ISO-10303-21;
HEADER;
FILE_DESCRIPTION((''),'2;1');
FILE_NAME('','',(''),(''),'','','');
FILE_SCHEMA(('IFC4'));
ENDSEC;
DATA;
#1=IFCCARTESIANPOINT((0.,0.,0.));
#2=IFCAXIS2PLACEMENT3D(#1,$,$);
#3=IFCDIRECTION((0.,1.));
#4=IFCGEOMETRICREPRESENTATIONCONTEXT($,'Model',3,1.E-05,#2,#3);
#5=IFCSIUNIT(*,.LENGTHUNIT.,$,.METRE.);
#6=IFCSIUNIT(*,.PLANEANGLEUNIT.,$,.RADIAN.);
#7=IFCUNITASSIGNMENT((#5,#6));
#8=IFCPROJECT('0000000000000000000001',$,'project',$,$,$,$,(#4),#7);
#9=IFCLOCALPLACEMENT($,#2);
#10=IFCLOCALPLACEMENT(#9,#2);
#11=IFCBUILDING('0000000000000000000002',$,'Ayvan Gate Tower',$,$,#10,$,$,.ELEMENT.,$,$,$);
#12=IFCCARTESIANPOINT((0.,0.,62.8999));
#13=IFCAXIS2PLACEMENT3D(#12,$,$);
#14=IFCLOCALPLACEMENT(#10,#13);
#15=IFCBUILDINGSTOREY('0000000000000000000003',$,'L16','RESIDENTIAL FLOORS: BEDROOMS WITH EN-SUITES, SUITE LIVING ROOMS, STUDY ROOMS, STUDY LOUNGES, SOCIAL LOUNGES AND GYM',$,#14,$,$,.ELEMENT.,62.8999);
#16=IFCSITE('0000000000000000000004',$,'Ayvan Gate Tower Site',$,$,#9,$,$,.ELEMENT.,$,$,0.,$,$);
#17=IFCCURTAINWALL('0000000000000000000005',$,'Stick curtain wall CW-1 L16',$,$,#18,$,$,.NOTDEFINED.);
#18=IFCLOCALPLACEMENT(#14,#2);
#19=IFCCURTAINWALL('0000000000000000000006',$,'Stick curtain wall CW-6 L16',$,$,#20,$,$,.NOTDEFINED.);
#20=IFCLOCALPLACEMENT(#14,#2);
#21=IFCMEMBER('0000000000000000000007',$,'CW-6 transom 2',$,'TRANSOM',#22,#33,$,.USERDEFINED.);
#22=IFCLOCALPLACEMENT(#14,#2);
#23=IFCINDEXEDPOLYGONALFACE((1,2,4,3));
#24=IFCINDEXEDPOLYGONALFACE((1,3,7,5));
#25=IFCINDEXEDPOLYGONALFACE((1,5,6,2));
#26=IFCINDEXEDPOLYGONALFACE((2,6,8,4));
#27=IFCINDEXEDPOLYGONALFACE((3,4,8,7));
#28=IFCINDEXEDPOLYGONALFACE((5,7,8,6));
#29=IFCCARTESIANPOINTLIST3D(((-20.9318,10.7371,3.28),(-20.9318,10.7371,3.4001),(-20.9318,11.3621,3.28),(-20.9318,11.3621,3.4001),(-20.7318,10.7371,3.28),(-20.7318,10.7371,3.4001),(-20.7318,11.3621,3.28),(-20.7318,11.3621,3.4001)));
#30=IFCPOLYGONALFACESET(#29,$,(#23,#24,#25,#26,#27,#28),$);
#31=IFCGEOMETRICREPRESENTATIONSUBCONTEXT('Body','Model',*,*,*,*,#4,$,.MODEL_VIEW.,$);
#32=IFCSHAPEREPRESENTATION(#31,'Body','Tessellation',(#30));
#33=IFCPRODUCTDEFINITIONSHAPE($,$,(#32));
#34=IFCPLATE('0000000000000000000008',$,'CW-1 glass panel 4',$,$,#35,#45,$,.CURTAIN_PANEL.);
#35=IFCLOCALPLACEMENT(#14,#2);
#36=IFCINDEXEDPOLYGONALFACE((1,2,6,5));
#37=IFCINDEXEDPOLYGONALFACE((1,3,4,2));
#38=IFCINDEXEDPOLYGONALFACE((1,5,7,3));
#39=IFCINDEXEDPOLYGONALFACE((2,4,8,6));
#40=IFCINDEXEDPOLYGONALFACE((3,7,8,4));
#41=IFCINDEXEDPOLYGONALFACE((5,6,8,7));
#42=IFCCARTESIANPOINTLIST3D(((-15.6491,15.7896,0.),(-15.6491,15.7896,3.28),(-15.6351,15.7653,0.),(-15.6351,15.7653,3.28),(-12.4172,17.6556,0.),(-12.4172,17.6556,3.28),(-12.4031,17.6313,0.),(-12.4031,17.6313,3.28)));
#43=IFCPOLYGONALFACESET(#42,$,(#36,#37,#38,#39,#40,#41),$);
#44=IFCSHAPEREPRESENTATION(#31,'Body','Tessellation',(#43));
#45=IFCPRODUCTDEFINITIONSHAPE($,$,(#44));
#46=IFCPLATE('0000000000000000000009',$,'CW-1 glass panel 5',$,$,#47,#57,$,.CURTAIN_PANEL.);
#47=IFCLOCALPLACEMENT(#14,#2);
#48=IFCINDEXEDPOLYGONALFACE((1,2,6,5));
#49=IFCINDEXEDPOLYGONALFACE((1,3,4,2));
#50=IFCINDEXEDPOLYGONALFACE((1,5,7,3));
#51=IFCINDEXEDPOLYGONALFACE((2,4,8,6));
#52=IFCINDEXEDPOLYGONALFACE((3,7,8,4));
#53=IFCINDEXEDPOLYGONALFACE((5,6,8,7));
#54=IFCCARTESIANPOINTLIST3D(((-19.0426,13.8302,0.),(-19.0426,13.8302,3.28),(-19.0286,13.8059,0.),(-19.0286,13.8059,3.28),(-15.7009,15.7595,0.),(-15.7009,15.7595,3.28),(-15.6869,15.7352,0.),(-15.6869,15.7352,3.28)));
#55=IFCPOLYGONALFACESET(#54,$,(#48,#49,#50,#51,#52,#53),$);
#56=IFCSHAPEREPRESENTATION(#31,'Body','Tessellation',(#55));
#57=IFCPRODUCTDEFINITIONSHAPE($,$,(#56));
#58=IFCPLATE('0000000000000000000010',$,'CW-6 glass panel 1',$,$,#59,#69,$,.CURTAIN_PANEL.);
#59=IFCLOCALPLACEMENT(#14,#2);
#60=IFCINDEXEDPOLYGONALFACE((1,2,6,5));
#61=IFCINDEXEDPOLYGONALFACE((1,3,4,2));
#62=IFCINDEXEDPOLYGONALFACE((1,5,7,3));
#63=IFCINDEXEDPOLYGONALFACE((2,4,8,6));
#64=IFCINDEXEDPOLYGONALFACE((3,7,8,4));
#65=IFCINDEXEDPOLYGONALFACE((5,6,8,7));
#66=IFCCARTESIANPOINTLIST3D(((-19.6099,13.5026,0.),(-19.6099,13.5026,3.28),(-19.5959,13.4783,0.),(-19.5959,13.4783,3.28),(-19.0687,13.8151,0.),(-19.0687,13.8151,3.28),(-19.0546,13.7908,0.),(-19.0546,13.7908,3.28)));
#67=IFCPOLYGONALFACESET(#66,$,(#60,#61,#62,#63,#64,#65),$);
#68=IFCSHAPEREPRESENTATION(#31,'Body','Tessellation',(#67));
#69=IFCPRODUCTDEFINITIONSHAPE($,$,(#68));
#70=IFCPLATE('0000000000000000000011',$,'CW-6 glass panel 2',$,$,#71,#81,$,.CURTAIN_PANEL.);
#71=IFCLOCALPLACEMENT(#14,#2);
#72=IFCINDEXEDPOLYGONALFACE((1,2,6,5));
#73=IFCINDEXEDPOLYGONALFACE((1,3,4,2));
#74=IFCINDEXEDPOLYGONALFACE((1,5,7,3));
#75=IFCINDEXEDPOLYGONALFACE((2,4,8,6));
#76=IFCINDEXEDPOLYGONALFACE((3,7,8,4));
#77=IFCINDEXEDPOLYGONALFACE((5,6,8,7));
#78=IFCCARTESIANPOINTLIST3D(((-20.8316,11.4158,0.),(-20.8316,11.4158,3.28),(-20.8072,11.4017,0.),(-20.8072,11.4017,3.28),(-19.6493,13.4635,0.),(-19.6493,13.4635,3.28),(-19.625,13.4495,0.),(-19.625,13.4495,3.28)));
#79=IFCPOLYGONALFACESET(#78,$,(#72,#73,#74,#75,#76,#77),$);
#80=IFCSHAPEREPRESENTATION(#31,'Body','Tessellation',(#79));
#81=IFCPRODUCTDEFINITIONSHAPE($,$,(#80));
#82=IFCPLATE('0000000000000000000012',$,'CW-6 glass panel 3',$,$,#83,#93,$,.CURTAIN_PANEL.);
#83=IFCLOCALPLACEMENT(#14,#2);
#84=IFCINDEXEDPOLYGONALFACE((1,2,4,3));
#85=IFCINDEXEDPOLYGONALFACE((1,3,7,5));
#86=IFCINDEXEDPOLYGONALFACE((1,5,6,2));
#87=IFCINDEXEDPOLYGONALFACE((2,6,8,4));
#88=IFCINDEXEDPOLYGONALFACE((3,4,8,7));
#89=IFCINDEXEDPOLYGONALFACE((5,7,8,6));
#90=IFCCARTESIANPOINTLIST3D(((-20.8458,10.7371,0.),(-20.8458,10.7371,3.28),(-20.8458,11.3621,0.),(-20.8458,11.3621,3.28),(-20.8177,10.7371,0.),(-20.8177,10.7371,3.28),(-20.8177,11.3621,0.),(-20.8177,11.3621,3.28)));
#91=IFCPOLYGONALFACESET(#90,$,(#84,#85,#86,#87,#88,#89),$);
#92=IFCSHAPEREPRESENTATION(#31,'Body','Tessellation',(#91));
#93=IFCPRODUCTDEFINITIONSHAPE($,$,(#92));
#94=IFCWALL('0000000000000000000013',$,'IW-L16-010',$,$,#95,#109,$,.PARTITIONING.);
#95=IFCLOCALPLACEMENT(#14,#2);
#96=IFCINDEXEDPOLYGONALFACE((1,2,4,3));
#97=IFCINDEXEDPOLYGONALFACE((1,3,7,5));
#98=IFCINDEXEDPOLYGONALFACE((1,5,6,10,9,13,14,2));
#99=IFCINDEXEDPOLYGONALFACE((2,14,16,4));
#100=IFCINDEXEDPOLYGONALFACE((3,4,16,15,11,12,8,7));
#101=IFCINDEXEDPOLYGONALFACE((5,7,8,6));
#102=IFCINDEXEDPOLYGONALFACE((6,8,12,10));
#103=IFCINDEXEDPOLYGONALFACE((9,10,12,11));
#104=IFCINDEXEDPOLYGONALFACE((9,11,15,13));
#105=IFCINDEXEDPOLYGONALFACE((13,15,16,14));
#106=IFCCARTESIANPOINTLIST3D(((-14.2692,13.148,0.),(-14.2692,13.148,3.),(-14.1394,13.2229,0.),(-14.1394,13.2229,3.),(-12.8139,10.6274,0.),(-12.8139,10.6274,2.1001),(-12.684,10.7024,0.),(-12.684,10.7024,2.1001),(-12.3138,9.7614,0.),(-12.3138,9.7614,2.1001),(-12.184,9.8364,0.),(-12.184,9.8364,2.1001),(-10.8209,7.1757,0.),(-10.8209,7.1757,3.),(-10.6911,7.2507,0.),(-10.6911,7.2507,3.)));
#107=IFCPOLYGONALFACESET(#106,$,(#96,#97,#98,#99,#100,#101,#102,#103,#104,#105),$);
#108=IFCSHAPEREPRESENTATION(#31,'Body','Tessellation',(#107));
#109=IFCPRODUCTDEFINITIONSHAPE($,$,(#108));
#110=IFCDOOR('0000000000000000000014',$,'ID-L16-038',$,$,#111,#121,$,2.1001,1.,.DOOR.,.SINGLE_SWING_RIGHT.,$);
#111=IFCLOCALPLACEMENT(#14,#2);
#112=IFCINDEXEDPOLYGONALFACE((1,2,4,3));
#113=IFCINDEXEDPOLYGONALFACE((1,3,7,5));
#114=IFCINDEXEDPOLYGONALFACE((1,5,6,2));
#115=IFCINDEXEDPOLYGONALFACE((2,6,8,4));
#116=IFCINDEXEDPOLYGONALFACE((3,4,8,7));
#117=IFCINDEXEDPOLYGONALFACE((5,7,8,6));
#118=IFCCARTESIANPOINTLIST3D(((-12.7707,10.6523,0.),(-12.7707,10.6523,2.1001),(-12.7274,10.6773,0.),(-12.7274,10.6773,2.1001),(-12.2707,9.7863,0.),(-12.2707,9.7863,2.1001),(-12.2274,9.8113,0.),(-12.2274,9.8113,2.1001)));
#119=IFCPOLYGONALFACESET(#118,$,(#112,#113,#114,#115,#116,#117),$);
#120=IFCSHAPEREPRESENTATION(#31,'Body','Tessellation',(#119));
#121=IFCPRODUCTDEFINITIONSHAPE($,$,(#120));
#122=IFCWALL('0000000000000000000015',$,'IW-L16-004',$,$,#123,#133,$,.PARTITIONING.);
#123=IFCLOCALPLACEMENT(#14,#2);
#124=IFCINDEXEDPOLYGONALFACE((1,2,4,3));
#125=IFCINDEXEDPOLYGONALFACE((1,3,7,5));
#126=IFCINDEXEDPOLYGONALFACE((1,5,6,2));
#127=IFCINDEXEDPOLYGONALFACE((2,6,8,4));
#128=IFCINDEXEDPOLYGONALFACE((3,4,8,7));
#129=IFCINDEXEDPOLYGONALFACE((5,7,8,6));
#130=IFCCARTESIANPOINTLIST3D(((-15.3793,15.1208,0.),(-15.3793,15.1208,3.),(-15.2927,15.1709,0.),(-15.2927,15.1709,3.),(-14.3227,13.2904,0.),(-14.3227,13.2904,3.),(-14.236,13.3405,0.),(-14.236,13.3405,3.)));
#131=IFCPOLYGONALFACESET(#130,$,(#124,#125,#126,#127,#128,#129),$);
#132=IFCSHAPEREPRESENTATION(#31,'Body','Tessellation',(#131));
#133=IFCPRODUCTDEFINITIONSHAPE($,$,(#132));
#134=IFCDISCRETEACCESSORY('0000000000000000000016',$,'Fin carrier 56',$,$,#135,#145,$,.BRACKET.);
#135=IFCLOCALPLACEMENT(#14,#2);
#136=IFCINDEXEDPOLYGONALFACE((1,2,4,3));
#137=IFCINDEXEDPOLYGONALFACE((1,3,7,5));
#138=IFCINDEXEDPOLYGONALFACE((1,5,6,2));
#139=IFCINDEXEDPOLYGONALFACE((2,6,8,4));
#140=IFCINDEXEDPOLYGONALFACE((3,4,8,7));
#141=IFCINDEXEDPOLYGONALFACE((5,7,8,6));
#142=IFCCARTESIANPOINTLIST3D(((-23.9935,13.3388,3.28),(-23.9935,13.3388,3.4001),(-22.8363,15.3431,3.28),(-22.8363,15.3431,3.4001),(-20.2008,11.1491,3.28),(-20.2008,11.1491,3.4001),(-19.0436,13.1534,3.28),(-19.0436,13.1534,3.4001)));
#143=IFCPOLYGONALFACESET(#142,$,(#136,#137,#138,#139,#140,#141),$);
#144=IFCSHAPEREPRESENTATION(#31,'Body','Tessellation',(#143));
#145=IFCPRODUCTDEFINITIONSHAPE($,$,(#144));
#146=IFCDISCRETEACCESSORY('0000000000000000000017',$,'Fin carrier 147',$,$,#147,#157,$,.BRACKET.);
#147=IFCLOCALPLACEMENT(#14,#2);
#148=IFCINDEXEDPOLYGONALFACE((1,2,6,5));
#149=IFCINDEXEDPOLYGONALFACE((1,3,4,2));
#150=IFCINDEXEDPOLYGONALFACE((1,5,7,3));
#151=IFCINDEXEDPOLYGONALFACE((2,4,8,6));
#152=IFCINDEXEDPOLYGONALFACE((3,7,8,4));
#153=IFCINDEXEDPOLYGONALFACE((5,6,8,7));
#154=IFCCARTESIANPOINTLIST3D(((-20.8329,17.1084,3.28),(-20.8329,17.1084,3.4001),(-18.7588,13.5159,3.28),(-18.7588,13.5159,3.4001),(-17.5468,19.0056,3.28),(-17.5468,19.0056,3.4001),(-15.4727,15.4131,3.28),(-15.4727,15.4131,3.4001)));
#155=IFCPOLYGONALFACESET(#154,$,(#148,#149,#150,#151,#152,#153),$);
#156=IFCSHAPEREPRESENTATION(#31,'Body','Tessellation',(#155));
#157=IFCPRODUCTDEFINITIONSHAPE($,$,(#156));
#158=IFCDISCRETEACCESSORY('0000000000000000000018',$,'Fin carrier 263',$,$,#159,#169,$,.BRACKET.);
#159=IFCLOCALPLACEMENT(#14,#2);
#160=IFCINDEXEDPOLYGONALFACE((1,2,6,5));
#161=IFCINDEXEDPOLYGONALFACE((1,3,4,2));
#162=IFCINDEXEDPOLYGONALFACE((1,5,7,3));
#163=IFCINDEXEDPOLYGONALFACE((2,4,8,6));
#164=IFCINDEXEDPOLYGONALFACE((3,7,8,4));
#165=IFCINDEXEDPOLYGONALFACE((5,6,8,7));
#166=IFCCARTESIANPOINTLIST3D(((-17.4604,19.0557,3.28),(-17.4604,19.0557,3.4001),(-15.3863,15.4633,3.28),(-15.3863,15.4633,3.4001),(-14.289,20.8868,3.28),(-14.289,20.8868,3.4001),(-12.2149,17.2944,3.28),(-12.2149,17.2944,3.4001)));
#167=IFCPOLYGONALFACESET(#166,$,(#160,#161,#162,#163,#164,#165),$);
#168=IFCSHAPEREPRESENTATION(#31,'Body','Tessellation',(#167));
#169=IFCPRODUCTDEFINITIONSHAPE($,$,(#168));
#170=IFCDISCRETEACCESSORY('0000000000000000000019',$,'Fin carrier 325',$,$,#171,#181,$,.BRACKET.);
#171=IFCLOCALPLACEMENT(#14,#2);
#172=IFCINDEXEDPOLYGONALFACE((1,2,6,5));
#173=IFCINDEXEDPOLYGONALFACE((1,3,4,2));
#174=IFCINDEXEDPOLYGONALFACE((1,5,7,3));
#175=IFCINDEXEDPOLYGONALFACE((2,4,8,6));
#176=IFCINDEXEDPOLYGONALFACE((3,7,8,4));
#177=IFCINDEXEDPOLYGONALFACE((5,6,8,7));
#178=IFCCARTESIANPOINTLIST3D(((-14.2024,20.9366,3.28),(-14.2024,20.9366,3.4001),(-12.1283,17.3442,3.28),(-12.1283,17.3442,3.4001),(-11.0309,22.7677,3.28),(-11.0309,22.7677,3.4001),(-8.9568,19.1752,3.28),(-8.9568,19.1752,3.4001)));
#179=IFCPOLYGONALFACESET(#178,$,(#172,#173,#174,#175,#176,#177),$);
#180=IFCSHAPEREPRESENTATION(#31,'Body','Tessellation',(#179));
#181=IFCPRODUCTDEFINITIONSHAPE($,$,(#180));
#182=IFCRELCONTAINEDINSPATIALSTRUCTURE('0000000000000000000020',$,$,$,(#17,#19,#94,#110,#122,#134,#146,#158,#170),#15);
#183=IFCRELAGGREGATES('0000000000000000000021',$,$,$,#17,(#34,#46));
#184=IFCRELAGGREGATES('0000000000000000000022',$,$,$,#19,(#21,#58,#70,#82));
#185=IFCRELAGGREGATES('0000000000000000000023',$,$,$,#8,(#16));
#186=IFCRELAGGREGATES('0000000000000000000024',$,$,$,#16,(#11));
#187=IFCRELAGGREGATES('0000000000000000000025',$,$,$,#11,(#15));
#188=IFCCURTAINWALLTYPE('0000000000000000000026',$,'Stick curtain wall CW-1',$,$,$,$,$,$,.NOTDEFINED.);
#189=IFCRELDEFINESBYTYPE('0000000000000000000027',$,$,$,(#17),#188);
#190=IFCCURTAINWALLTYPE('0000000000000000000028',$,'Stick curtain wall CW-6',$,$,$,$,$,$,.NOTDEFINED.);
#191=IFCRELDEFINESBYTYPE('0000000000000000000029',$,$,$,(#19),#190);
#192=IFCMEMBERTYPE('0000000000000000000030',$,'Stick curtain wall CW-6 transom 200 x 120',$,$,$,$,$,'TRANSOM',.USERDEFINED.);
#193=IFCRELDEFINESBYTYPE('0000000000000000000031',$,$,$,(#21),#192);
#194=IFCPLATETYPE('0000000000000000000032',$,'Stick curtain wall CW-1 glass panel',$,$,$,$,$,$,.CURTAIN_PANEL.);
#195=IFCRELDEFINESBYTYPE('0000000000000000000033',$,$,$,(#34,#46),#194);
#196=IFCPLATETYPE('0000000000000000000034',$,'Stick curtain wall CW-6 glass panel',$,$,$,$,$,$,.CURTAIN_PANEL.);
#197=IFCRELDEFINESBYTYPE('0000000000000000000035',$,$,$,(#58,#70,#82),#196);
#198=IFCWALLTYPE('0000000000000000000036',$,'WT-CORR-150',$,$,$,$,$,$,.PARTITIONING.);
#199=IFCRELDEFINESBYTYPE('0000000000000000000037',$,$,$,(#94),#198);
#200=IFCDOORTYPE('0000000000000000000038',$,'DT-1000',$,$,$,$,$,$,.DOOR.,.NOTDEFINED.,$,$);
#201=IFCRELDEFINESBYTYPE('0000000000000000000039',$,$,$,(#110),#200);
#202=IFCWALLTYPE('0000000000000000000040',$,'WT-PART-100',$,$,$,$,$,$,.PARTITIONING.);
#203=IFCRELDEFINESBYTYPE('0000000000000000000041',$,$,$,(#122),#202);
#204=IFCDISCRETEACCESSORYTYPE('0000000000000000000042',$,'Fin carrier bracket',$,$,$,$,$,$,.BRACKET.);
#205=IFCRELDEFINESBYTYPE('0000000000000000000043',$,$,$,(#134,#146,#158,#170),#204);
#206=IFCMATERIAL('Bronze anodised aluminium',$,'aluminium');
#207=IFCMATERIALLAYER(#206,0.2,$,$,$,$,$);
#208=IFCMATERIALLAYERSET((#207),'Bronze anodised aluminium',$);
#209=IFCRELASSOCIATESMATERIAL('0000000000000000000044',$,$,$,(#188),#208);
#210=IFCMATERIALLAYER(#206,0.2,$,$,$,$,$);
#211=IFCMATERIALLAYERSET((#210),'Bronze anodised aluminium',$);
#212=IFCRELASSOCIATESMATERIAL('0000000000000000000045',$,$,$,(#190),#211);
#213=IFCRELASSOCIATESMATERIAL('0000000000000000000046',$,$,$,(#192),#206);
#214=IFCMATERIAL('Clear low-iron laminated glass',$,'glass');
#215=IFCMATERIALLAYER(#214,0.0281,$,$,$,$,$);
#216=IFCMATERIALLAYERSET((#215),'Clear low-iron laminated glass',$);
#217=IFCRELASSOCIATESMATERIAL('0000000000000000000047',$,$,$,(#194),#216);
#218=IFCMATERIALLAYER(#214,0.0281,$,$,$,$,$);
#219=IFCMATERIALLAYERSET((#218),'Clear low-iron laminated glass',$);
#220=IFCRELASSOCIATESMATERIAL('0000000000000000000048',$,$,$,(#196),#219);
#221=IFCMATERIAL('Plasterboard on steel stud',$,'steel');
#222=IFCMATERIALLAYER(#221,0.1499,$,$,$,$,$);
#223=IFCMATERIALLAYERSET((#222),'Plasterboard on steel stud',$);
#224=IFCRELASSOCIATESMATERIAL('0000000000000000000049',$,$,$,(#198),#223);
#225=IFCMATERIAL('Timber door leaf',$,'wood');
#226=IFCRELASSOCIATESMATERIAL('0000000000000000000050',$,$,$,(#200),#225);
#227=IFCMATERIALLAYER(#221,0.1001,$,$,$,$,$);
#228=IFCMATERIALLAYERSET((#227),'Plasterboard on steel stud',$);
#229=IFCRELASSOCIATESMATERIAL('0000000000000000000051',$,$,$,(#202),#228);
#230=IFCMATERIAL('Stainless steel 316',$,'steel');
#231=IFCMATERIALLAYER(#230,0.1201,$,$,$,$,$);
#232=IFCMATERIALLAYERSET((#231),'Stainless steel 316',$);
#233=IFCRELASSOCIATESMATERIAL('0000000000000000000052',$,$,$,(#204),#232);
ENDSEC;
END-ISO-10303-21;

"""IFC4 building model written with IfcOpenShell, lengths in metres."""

from ifc_helpers import new_model, si_unit, direction, frame, frame_2d, origin, origin_2d, place, context, subcontext, project, spatial, rectangle, extrude, material, layer, layer_set, material_profile, profile_set, type_object, element, fill, aggregate, save


model = new_model("IFC4")

# Units and contexts
model_context = context("Model", 3, precision=1e-05, world=origin(), true_north=direction((0.0, 1.0)))
body_context = subcontext(model_context, "Body", "Model", "MODEL_VIEW")
ifc_project = project(units=[si_unit("LENGTHUNIT", "METRE"), si_unit("PLANEANGLEUNIT", "RADIAN")], contexts=[model_context])

# Site, building, storey
site_placement = place(None, origin())
site = spatial("IfcSite", under=ifc_project, at=site_placement, Name="Ayvan Gate Tower Site", CompositionType="ELEMENT", RefElevation=0.0)
building_placement = place(site_placement, origin())
building = spatial("IfcBuilding", under=site, at=building_placement, Name="Ayvan Gate Tower", CompositionType="ELEMENT")
storey_placement = place(building_placement, frame((0.0, 0.0, 62.8999)))
storey = spatial("IfcBuildingStorey", under=building, at=storey_placement, Name="L16", Description="RESIDENTIAL FLOORS: BEDROOMS WITH EN-SUITES, SUITE LIVING ROOMS, STUDY ROOMS, STUDY LOUNGES, SOCIAL LOUNGES AND GYM", CompositionType="ELEMENT", Elevation=62.8999)

# Curtain wall
ifc_material_1 = material(Name="Bronze anodised aluminium", Category="aluminium")
ifc_layer_1 = layer(ifc_material_1, 0.2)
ifc_layer_set_1 = layer_set([ifc_layer_1], Name="Bronze anodised aluminium")
curtain_wall_type_1 = type_object("IfcCurtainWallType", Name="Stick curtain wall CW-1", PredefinedType="NOTDEFINED", material=ifc_layer_set_1)
curtain_wall_1_placement = place(storey_placement, origin())
curtain_wall_1 = element("IfcCurtainWall", 1, at=curtain_wall_1_placement, inside=storey, type_object=curtain_wall_type_1, Name="Stick curtain wall CW-1 L16", PredefinedType="NOTDEFINED")

# Curtain wall, member
ifc_layer_2 = layer(ifc_material_1, 0.2)
ifc_layer_set_2 = layer_set([ifc_layer_2], Name="Bronze anodised aluminium")
curtain_wall_type_2 = type_object("IfcCurtainWallType", Name="Stick curtain wall CW-6", PredefinedType="NOTDEFINED", material=ifc_layer_set_2)
curtain_wall_2_placement = place(storey_placement, origin())
curtain_wall_2 = element("IfcCurtainWall", 2, at=curtain_wall_2_placement, inside=storey, type_object=curtain_wall_type_2, Name="Stick curtain wall CW-6 L16", PredefinedType="NOTDEFINED")
ifc_material_profile_1 = material_profile(ifc_material_1, rectangle(XDim=0.2, YDim=0.1201, at=origin_2d()), Name="Stick curtain wall CW-6 transom 200 x 120")
ifc_profile_set_1 = profile_set([ifc_material_profile_1], Name="Bronze anodised aluminium")
member_type_1 = type_object("IfcMemberType", Name="Stick curtain wall CW-6 transom 200 x 120", ElementType="TRANSOM", PredefinedType="USERDEFINED", material=ifc_profile_set_1)
member_1_placement = place(storey_placement, frame((-20.8318, 11.3621, 3.3401), z_axis=(0.0, -1.0, 0.0), x_axis=(1.0, 0.0, 0.0)))
member_1 = element("IfcMember", 3, at=member_1_placement, type_object=member_type_1, Name="CW-6 transom 2", ObjectType="TRANSOM", PredefinedType="USERDEFINED", context=body_context, shape_type="SweptSolid", body=[
    extrude(rectangle(XDim=0.2, YDim=0.1201, at=origin_2d()), origin(), (0.0, 0.0, 1.0), 0.625),
])

# Plates
ifc_material_2 = material(Name="Clear low-iron laminated glass", Category="glass")
ifc_layer_3 = layer(ifc_material_2, 0.0281)
ifc_layer_set_3 = layer_set([ifc_layer_3], Name="Clear low-iron laminated glass")
plate_type_1 = type_object("IfcPlateType", Name="Stick curtain wall CW-1 glass panel", PredefinedType="CURTAIN_PANEL", material=ifc_layer_set_3)
plate_1_placement = place(storey_placement, frame((-14.0261, 16.7104, 0.0), z_axis=(0.0, 0.0, 1.0), x_axis=(-0.866025, -0.5, 0.0)))
plate_1 = element("IfcPlate", 4, at=plate_1_placement, type_object=plate_type_1, Name="CW-1 glass panel 4", PredefinedType="CURTAIN_PANEL", context=body_context, shape_type="SweptSolid", body=[
    extrude(rectangle(XDim=3.7319, YDim=0.0281, at=origin_2d()), origin(), (0.0, 0.0, 1.0), 3.28),
])
plate_2_placement = place(storey_placement, frame((-17.3647, 14.7827, 0.0), z_axis=(0.0, 0.0, 1.0), x_axis=(-0.866025, -0.5, 0.0)))
plate_2 = element("IfcPlate", 5, at=plate_2_placement, type_object=plate_type_1, Name="CW-1 glass panel 5", PredefinedType="CURTAIN_PANEL", context=body_context, shape_type="SweptSolid", body=[
    extrude(rectangle(XDim=3.8586, YDim=0.0281, at=origin_2d()), origin(), (0.0, 0.0, 1.0), 3.28),
])
aggregate(curtain_wall_1, [plate_1, plate_2])
ifc_layer_4 = layer(ifc_material_2, 0.0281)
ifc_layer_set_4 = layer_set([ifc_layer_4], Name="Clear low-iron laminated glass")
plate_type_2 = type_object("IfcPlateType", Name="Stick curtain wall CW-6 glass panel", PredefinedType="CURTAIN_PANEL", material=ifc_layer_set_4)
plate_3_placement = place(storey_placement, frame((-19.3323, 13.6467, 0.0), z_axis=(0.0, 0.0, 1.0), x_axis=(-0.866025, -0.5, 0.0)))
plate_3 = element("IfcPlate", 6, at=plate_3_placement, type_object=plate_type_2, Name="CW-6 glass panel 1", PredefinedType="CURTAIN_PANEL", context=body_context, shape_type="SweptSolid", body=[
    extrude(rectangle(XDim=0.625, YDim=0.0281, at=origin_2d()), origin(), (0.0, 0.0, 1.0), 3.28),
])
plate_4_placement = place(storey_placement, frame((-20.2283, 12.4326, 0.0), z_axis=(0.0, 0.0, 1.0), x_axis=(-0.5, -0.866025, 0.0)))
plate_4 = element("IfcPlate", 7, at=plate_4_placement, type_object=plate_type_2, Name="CW-6 glass panel 2", PredefinedType="CURTAIN_PANEL", context=body_context, shape_type="SweptSolid", body=[
    extrude(rectangle(XDim=2.3645, YDim=0.0281, at=origin_2d()), origin(), (0.0, 0.0, 1.0), 3.28),
])
plate_5_placement = place(storey_placement, frame((-20.8318, 11.0496, 0.0), z_axis=(0.0, 0.0, 1.0), x_axis=(0.0, -1.0, 0.0)))
plate_5 = element("IfcPlate", 8, at=plate_5_placement, type_object=plate_type_2, Name="CW-6 glass panel 3", PredefinedType="CURTAIN_PANEL", context=body_context, shape_type="SweptSolid", body=[
    extrude(rectangle(XDim=0.625, YDim=0.0281, at=origin_2d()), origin(), (0.0, 0.0, 1.0), 3.28),
])
aggregate(curtain_wall_2, [member_1, plate_3, plate_4, plate_5])

# Wall, opening, door
ifc_material_3 = material(Name="Plasterboard on steel stud", Category="steel")
ifc_layer_5 = layer(ifc_material_3, 0.1499)
ifc_layer_set_5 = layer_set([ifc_layer_5], Name="Plasterboard on steel stud")
wall_type_1 = type_object("IfcWallType", Name="WT-CORR-150", PredefinedType="PARTITIONING", material=ifc_layer_set_5)
wall_1_placement = place(storey_placement, frame((-14.2043, 13.1855, 0.0), z_axis=(0.0, 0.0, 1.0), x_axis=(0.500023, -0.866012, 0.0)))
wall_1 = element("IfcWall", 9, at=wall_1_placement, inside=storey, type_object=wall_type_1, Name="IW-L16-010", PredefinedType="PARTITIONING", context=body_context, shape_type="SweptSolid", body=[
    extrude(rectangle(XDim=6.8962, YDim=0.1499, at=frame_2d((3.4482, 0.0))), origin(), (0.0, 0.0, 1.0), 3.0),
])
opening_placement = place(wall_1_placement, frame((2.9106, 0.0, 0.0)))
opening = element("IfcOpeningElement", 10, at=opening_placement, cuts=wall_1, PredefinedType="OPENING", context=body_context, shape_type="SweptSolid", body=[
    extrude(rectangle(XDim=1.0, YDim=2.1001, at=frame_2d((0.5, 1.05))), frame((0.0, 0.085, 0.0), z_axis=(0.0, -1.0, 0.0), x_axis=(1.0, 0.0, 0.0)), (0.0, 0.0, 1.0), 0.1699),
])
ifc_material_4 = material(Name="Timber door leaf", Category="wood")
door_type = type_object("IfcDoorType", Name="DT-1000", OperationType="NOTDEFINED", PredefinedType="DOOR", material=ifc_material_4)
door_placement = place(opening_placement, origin())
door = element("IfcDoor", 11, at=door_placement, inside=storey, type_object=door_type, Name="ID-L16-038", OperationType="SINGLE_SWING_RIGHT", OverallHeight=2.1001, OverallWidth=1.0, PredefinedType="DOOR", context=body_context, shape_type="SweptSolid", body=[
    extrude(rectangle(XDim=1.0, YDim=2.1001, at=frame_2d((0.5, 1.05))), frame((0.0, 0.0249, 0.0), z_axis=(0.0, -1.0, 0.0), x_axis=(1.0, 0.0, 0.0)), (0.0, 0.0, 1.0), 0.05),
])
fill(opening, door)

# Wall
ifc_layer_6 = layer(ifc_material_3, 0.1001)
ifc_layer_set_6 = layer_set([ifc_layer_6], Name="Plasterboard on steel stud")
wall_type_2 = type_object("IfcWallType", Name="WT-PART-100", PredefinedType="PARTITIONING", material=ifc_layer_set_6)
wall_2_placement = place(storey_placement, frame((-15.3359, 15.1458, 0.0), z_axis=(0.0, 0.0, 1.0), x_axis=(0.499966, -0.866045, 0.0)))
element("IfcWall", 12, at=wall_2_placement, inside=storey, type_object=wall_type_2, Name="IW-L16-004", PredefinedType="PARTITIONING", context=body_context, shape_type="SweptSolid", body=[
    extrude(rectangle(XDim=2.1135, YDim=0.1001, at=frame_2d((1.0566, 0.0))), origin(), (0.0, 0.0, 1.0), 3.0),
])

# Discrete accessories
ifc_material_5 = material(Name="Stainless steel 316", Category="steel")
ifc_layer_7 = layer(ifc_material_5, 0.1201)
ifc_layer_set_7 = layer_set([ifc_layer_7], Name="Stainless steel 316")
discrete_accessory_type = type_object("IfcDiscreteAccessoryType", Name="Fin carrier bracket", PredefinedType="BRACKET", material=ifc_layer_set_7)
discrete_accessory_1_placement = place(storey_placement, frame((-21.5186, 13.2461, 3.28), z_axis=(0.0, 0.0, 1.0), x_axis=(-0.5, -0.866025, 0.0)))
element("IfcDiscreteAccessory", 13, at=discrete_accessory_1_placement, inside=storey, type_object=discrete_accessory_type, Name="Fin carrier 56", PredefinedType="BRACKET", context=body_context, shape_type="SweptSolid", body=[
    extrude(rectangle(XDim=2.3145, YDim=4.3794, at=origin_2d()), origin(), (0.0, 0.0, 1.0), 0.1201),
])
discrete_accessory_2_placement = place(storey_placement, frame((-18.1528, 16.2607, 3.28), z_axis=(0.0, 0.0, 1.0), x_axis=(-0.866025, -0.5, 0.0)))
element("IfcDiscreteAccessory", 14, at=discrete_accessory_2_placement, inside=storey, type_object=discrete_accessory_type, Name="Fin carrier 147", PredefinedType="BRACKET", context=body_context, shape_type="SweptSolid", body=[
    extrude(rectangle(XDim=3.7944, YDim=4.1482, at=origin_2d()), origin(), (0.0, 0.0, 1.0), 0.1201),
])
for number, where, z_axis, x_axis, name in (
    (15, (-14.8376, 18.175, 3.28), (0.0, 0.0, 1.0), (-0.866025, -0.5, 0.0), "Fin carrier 263"),
    (16, (-11.5796, 20.0559, 3.28), (0.0, 0.0, 1.0), (-0.866025, -0.5, 0.0), "Fin carrier 325"),
):
    element("IfcDiscreteAccessory", number, at=place(storey_placement, frame(where, z_axis=z_axis, x_axis=x_axis)), inside=storey, type_object=discrete_accessory_type, Name=name, PredefinedType="BRACKET", context=body_context, shape_type="SweptSolid", body=[
        extrude(rectangle(XDim=3.6621, YDim=4.1482, at=origin_2d()), origin(), (0.0, 0.0, 1.0), 0.1201),
    ])

save(model, "model.ifc")
